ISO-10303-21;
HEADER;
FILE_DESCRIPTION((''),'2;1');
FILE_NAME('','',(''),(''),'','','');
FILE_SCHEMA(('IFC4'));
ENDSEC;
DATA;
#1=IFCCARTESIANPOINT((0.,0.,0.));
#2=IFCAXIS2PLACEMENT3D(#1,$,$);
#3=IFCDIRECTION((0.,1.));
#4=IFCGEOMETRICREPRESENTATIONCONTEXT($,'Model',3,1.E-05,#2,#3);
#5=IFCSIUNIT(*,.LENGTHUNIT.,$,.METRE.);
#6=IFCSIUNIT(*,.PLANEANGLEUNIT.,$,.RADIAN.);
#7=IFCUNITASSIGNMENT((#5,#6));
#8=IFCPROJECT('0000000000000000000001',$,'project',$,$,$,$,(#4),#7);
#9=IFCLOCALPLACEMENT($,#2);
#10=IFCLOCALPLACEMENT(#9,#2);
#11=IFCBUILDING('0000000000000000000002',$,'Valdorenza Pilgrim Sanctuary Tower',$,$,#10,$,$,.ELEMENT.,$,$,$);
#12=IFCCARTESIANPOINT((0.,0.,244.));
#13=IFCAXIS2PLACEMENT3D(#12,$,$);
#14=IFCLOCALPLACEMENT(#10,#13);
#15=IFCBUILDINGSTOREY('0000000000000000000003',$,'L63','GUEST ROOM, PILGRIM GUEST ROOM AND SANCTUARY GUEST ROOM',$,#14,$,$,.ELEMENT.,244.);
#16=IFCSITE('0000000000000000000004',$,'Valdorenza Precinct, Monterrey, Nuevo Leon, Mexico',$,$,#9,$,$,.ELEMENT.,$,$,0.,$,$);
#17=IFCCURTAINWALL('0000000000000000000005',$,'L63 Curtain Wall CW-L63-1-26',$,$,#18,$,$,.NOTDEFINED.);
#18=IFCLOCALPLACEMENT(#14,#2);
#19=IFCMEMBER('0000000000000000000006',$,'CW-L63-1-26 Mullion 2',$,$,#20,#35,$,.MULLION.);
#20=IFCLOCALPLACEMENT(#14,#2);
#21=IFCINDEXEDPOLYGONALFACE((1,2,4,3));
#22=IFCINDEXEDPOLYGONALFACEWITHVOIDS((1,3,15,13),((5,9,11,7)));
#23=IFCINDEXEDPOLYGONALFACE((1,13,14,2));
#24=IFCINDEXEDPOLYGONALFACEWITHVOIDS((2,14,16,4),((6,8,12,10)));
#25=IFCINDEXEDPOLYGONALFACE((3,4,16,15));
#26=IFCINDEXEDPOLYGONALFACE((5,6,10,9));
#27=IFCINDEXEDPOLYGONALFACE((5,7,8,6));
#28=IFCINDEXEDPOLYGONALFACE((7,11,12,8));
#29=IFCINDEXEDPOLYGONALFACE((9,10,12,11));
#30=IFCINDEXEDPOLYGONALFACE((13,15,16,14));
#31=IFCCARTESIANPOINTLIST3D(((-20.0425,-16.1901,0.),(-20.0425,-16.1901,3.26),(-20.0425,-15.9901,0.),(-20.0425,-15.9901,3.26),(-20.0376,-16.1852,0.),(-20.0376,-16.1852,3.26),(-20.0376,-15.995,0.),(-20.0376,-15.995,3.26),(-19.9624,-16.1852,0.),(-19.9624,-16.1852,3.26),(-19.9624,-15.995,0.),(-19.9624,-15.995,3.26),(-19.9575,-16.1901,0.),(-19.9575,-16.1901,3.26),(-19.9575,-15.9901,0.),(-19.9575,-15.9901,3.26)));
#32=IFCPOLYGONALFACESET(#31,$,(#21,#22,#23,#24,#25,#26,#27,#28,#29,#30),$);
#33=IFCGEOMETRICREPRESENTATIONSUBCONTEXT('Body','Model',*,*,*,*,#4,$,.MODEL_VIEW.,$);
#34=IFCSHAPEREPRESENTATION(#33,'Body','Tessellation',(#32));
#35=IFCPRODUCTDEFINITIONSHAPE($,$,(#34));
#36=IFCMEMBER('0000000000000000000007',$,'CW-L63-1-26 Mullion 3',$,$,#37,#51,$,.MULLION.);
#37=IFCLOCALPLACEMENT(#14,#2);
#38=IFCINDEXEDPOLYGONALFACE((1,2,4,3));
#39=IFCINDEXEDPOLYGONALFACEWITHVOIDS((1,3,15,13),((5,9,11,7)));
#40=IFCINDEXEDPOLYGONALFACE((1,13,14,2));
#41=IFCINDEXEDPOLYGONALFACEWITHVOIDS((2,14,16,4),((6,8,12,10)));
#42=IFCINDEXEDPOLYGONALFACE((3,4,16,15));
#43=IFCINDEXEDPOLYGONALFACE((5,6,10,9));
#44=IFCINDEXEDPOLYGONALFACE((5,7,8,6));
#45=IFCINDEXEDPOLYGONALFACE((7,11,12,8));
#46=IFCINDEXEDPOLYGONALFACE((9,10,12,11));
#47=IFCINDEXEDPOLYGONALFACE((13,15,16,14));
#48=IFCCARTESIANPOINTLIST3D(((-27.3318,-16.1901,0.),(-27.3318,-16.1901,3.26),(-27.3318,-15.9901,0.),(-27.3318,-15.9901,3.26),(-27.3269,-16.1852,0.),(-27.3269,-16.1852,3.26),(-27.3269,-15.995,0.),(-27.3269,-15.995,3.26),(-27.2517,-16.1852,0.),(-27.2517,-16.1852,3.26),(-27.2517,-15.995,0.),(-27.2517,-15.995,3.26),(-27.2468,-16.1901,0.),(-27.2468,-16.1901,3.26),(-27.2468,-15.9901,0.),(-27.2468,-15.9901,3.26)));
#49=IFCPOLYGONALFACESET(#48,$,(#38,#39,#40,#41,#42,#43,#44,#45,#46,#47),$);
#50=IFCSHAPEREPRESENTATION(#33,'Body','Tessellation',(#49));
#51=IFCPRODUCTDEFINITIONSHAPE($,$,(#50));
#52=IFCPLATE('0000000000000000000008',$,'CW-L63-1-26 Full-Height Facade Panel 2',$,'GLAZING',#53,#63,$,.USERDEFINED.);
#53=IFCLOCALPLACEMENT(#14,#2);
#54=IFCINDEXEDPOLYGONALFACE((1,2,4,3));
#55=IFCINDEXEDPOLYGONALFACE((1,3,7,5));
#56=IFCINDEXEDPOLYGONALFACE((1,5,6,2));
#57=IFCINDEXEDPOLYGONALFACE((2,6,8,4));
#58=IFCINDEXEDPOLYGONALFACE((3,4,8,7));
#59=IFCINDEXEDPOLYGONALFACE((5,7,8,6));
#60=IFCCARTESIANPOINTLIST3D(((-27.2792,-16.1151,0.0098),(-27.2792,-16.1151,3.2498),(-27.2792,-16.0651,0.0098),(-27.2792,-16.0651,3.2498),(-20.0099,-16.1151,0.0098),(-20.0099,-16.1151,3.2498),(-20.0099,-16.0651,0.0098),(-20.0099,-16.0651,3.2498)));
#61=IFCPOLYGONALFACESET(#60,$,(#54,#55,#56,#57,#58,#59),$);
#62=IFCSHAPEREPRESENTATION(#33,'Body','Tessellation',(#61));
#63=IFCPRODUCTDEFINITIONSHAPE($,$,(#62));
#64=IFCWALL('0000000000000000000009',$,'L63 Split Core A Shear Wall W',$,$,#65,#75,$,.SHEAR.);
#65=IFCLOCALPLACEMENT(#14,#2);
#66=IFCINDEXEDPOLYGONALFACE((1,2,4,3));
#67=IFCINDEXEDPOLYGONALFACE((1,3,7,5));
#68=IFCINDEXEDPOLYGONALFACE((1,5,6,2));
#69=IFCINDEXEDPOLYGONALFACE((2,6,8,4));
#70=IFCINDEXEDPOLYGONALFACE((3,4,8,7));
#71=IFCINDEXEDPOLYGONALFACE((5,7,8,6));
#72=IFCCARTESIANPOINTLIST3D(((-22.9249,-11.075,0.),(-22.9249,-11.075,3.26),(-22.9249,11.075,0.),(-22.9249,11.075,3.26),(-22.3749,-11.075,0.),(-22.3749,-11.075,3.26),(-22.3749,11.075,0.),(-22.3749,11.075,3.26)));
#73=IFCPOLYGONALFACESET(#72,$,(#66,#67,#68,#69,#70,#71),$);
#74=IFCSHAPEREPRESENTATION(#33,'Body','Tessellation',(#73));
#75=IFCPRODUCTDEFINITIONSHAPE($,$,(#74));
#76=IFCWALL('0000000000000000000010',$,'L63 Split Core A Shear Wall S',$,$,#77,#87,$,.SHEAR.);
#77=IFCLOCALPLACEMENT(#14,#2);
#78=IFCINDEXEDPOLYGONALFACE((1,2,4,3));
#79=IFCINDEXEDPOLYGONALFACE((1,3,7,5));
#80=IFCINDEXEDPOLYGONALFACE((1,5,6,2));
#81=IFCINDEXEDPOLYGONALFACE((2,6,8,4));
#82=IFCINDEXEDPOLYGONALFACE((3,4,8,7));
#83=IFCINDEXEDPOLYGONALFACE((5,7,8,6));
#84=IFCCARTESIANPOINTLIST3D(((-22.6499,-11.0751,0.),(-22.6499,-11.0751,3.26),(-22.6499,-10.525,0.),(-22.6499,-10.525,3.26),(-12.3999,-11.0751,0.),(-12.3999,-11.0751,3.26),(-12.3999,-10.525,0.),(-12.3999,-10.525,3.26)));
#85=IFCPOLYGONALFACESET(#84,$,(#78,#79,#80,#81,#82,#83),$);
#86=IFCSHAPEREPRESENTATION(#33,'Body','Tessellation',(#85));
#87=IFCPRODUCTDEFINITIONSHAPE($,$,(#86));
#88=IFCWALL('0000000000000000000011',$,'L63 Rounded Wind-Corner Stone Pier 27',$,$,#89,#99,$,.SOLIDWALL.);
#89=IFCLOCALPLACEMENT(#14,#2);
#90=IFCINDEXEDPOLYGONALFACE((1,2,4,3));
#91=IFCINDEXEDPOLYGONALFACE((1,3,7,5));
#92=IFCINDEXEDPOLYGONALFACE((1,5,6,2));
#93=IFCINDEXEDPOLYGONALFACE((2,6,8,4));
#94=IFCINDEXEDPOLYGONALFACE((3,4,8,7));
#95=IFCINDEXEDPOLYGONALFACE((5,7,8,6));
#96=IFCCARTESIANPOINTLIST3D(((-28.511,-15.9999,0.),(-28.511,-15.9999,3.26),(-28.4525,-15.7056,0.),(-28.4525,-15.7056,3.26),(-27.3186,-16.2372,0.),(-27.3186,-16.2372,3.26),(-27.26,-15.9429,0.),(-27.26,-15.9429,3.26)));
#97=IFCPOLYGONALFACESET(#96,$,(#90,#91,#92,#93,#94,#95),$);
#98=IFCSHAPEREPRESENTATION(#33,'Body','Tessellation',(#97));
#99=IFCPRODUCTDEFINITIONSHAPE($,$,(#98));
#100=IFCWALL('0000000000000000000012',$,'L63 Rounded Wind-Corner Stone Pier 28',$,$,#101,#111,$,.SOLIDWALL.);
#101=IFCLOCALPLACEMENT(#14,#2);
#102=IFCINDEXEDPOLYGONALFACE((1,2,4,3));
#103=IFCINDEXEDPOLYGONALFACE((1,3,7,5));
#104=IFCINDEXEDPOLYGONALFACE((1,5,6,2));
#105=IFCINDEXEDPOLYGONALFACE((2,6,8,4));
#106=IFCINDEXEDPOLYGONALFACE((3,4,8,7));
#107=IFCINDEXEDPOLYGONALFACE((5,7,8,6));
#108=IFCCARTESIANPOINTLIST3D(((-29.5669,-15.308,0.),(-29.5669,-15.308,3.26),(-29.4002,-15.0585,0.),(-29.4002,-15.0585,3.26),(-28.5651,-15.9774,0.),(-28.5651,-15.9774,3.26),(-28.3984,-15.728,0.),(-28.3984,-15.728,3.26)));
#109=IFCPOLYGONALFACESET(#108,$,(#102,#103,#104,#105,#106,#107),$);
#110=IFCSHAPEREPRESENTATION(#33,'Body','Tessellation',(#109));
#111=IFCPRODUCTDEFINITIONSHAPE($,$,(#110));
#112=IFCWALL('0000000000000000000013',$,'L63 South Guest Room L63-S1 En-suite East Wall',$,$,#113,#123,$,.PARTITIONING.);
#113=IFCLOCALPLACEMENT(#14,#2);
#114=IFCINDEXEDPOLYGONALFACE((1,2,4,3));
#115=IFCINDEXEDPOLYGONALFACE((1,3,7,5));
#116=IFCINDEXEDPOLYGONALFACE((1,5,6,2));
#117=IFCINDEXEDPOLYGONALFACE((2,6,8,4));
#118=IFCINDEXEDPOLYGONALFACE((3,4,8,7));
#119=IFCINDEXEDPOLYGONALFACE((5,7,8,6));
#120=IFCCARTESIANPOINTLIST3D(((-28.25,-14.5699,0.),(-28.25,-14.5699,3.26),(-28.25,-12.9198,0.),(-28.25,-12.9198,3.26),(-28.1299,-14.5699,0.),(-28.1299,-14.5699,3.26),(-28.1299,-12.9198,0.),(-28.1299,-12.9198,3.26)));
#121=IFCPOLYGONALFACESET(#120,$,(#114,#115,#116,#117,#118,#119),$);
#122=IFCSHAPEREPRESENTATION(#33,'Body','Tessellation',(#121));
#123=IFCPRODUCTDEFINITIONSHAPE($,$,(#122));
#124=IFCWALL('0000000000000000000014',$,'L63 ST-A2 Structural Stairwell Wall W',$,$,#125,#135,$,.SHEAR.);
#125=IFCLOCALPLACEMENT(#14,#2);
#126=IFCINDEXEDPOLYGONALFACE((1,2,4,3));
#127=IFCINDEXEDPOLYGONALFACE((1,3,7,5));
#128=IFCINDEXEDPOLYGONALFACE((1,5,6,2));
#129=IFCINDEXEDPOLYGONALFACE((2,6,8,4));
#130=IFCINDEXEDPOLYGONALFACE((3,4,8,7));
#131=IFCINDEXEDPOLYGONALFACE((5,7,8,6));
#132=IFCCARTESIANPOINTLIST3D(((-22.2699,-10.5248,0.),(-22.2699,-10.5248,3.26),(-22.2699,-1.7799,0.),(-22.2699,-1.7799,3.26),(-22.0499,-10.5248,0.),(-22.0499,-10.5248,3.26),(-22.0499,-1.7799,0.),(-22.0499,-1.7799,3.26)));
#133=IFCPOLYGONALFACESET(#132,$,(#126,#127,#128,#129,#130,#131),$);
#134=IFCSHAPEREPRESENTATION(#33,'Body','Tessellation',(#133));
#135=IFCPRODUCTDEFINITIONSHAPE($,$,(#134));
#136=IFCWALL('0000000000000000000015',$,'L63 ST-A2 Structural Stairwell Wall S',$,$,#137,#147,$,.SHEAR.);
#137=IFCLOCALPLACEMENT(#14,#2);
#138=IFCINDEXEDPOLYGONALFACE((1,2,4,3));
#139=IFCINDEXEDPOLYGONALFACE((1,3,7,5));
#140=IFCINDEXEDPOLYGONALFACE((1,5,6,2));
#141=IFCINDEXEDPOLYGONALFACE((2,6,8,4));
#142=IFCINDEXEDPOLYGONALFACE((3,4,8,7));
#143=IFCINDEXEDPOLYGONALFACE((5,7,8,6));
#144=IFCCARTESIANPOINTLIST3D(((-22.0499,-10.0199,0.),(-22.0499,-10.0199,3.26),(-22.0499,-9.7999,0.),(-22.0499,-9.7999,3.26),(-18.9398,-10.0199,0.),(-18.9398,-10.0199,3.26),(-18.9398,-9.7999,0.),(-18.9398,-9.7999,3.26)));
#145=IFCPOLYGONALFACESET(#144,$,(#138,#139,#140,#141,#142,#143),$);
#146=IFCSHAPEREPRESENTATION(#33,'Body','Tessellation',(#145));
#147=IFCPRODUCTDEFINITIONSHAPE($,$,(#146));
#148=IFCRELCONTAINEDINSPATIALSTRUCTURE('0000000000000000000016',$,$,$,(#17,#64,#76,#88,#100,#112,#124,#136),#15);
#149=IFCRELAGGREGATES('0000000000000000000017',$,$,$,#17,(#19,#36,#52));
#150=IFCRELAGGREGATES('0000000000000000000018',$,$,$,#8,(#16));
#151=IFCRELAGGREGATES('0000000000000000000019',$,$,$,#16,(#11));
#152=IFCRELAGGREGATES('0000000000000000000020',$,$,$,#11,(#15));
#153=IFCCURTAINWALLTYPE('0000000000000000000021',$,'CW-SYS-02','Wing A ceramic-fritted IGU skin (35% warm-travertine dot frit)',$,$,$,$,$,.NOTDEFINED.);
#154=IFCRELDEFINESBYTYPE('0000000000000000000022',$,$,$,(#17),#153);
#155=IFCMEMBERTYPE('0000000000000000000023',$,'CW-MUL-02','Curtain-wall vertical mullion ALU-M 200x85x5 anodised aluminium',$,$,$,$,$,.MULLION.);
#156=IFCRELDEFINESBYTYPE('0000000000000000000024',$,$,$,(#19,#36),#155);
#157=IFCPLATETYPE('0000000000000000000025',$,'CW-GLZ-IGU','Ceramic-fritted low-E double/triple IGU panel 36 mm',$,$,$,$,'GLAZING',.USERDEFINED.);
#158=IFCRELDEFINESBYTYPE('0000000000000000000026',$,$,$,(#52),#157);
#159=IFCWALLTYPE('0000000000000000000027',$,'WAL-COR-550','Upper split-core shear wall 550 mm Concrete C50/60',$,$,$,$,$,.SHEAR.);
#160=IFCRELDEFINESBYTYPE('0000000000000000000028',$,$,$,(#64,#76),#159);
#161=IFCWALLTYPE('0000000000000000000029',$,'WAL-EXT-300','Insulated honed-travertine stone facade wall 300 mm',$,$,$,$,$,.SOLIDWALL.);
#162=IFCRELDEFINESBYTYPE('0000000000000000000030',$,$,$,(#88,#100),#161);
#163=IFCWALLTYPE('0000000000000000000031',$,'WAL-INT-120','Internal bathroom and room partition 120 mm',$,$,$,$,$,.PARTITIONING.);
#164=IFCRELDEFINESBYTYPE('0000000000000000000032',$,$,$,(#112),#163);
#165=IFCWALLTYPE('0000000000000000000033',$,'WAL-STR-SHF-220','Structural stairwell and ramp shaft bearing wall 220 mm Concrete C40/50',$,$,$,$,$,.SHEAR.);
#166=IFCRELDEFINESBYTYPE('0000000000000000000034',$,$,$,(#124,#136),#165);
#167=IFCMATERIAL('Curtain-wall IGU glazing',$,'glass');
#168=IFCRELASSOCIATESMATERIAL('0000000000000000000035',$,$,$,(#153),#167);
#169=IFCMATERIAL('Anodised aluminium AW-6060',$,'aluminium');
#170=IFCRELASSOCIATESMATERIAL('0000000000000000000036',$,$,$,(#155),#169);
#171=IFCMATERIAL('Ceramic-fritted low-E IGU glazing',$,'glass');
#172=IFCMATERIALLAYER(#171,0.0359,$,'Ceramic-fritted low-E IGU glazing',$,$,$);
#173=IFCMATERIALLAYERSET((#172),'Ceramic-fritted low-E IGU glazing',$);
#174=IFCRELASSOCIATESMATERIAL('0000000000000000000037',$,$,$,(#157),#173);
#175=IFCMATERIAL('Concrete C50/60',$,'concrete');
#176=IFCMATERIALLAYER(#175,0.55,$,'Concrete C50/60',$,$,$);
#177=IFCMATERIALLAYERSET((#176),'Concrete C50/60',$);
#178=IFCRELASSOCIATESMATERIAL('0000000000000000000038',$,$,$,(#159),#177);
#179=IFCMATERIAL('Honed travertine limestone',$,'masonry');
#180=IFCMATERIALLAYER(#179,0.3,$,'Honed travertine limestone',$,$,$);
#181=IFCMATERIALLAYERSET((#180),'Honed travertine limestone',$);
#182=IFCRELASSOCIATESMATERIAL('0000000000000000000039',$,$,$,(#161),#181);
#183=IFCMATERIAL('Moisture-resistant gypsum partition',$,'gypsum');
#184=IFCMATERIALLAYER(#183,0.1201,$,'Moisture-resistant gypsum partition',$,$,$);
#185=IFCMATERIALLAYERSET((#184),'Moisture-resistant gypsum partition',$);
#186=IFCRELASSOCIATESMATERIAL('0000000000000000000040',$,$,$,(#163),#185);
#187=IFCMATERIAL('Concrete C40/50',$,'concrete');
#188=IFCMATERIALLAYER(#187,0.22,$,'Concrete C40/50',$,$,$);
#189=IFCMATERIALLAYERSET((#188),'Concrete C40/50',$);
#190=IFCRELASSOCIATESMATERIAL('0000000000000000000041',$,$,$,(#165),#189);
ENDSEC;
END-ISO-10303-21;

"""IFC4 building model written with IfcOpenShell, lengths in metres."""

from ifc_helpers import new_model, si_unit, direction, frame, frame_2d, origin, origin_2d, place, context, subcontext, project, spatial, rectangle, hollow_rectangle, extrude, source, transform, mapped, material, layer, layer_set, material_profile, profile_set, type_object, element, aggregate, save


model = new_model("IFC4")

# Units and contexts
model_context = context("Model", 3, precision=1e-05, world=origin(), true_north=direction((0.0, 1.0)))
body_context = subcontext(model_context, "Body", "Model", "MODEL_VIEW")
ifc_project = project(units=[si_unit("LENGTHUNIT", "METRE"), si_unit("PLANEANGLEUNIT", "RADIAN")], contexts=[model_context])

# Site, building, storey
site_placement = place(None, origin())
site = spatial("IfcSite", under=ifc_project, at=site_placement, Name="Valdorenza Precinct, Monterrey, Nuevo Leon, Mexico", CompositionType="ELEMENT", RefElevation=0.0)
building_placement = place(site_placement, origin())
building = spatial("IfcBuilding", under=site, at=building_placement, Name="Valdorenza Pilgrim Sanctuary Tower", CompositionType="ELEMENT")
storey_placement = place(building_placement, frame((0.0, 0.0, 244.0)))
storey = spatial("IfcBuildingStorey", under=building, at=storey_placement, Name="L63", Description="GUEST ROOM, PILGRIM GUEST ROOM AND SANCTUARY GUEST ROOM", CompositionType="ELEMENT", Elevation=244.0)

# Shared definitions
ifc_material_1 = material(Name="Concrete C50/60", Category="concrete")

# Curtain wall, members, plate
ifc_material_2 = material(Name="Curtain-wall IGU glazing", Category="glass")
curtain_wall_type = type_object("IfcCurtainWallType", Name="CW-SYS-02", Description="Wing A ceramic-fritted IGU skin (35% warm-travertine dot frit)", PredefinedType="NOTDEFINED", material=ifc_material_2)
curtain_wall_placement = place(storey_placement, origin())
curtain_wall = element("IfcCurtainWall", 1, at=curtain_wall_placement, inside=storey, type_object=curtain_wall_type, Name="L63 Curtain Wall CW-L63-1-26", PredefinedType="NOTDEFINED")
ifc_material_3 = material(Name="Anodised aluminium AW-6060", Category="aluminium")
ifc_material_profile_1 = material_profile(ifc_material_3, hollow_rectangle(XDim=0.085, YDim=0.2, WallThickness=0.0049, at=origin_2d()), Name="ALU-M 200x85x5")
ifc_profile_set_1 = profile_set([ifc_material_profile_1], Name="Anodised aluminium AW-6060")
member_type = type_object("IfcMemberType", Name="CW-MUL-02", Description="Curtain-wall vertical mullion ALU-M 200x85x5 anodised aluminium", PredefinedType="MULLION", material=ifc_profile_set_1)
shared_shape_1 = source(origin(), body_context, "Body", "SweptSolid", [
    extrude(hollow_rectangle(XDim=0.085, YDim=0.2, WallThickness=0.0049, at=origin_2d()), origin(), (0.0, 0.0, 1.0), 3.26),
])
member_1_placement = place(storey_placement, frame((-20.0, -16.0901, 0.0), z_axis=(0.0, 0.0, 1.0), x_axis=(-1.0, 0.0, 0.0)))
member_1 = element("IfcMember", 2, at=member_1_placement, type_object=member_type, Name="CW-L63-1-26 Mullion 2", PredefinedType="MULLION", context=body_context, shape_type="MappedRepresentation", body=[
    mapped(shared_shape_1, transform((0.0, 0.0, 0.0), x_axis=(1.0, 0.0, 0.0), y_axis=(0.0, 1.0, 0.0), z_axis=(0.0, 0.0, 1.0), scale=1.0)),
])
member_2_placement = place(storey_placement, frame((-27.2893, -16.0901, 0.0), z_axis=(0.0, 0.0, 1.0), x_axis=(-1.0, 0.0, 0.0)))
member_2 = element("IfcMember", 3, at=member_2_placement, type_object=member_type, Name="CW-L63-1-26 Mullion 3", PredefinedType="MULLION", context=body_context, shape_type="MappedRepresentation", body=[
    mapped(shared_shape_1, transform((0.0, 0.0, 0.0), x_axis=(1.0, 0.0, 0.0), y_axis=(0.0, 1.0, 0.0), z_axis=(0.0, 0.0, 1.0), scale=1.0)),
])
ifc_material_4 = material(Name="Ceramic-fritted low-E IGU glazing", Category="glass")
ifc_layer_1 = layer(ifc_material_4, 0.0359, Name="Ceramic-fritted low-E IGU glazing")
ifc_layer_set_1 = layer_set([ifc_layer_1], Name="Ceramic-fritted low-E IGU glazing")
plate_type = type_object("IfcPlateType", Name="CW-GLZ-IGU", Description="Ceramic-fritted low-E double/triple IGU panel 36 mm", ElementType="GLAZING", PredefinedType="USERDEFINED", material=ifc_layer_set_1)
shared_shape_2 = source(origin(), body_context, "Body", "SweptSolid", [
    extrude(rectangle(XDim=7.2693, YDim=0.05, at=origin_2d()), origin(), (0.0, 0.0, 1.0), 3.24),
])
plate_placement = place(storey_placement, frame((-23.6445, -16.0901, 0.0098), z_axis=(0.0, 0.0, 1.0), x_axis=(-1.0, 0.0, 0.0)))
plate = element("IfcPlate", 4, at=plate_placement, type_object=plate_type, Name="CW-L63-1-26 Full-Height Facade Panel 2", ObjectType="GLAZING", PredefinedType="USERDEFINED", context=body_context, shape_type="MappedRepresentation", body=[
    mapped(shared_shape_2, transform((0.0, 0.0, 0.0), x_axis=(1.0, 0.0, 0.0), y_axis=(0.0, 1.0, 0.0), z_axis=(0.0, 0.0, 1.0), scale=1.0)),
])
aggregate(curtain_wall, [member_1, member_2, plate])

# Walls
ifc_layer_2 = layer(ifc_material_1, 0.55, Name="Concrete C50/60")
ifc_layer_set_2 = layer_set([ifc_layer_2], Name="Concrete C50/60")
wall_type_1 = type_object("IfcWallType", Name="WAL-COR-550", Description="Upper split-core shear wall 550 mm Concrete C50/60", PredefinedType="SHEAR", material=ifc_layer_set_2)
wall_1_placement = place(storey_placement, frame((-22.6499, -11.075, 0.0), z_axis=(0.0, 0.0, 1.0), x_axis=(0.0, 1.0, 0.0)))
element("IfcWall", 5, at=wall_1_placement, inside=storey, type_object=wall_type_1, Name="L63 Split Core A Shear Wall W", PredefinedType="SHEAR", context=body_context, shape_type="SweptSolid", body=[
    extrude(rectangle(XDim=22.1499, YDim=0.55, at=frame_2d((11.075, 0.0))), origin(), (0.0, 0.0, 1.0), 3.26),
])
wall_2_placement = place(storey_placement, frame((-22.6499, -10.8, 0.0), z_axis=(0.0, 0.0, 1.0), x_axis=(1.0, 0.0, 0.0)))
element("IfcWall", 6, at=wall_2_placement, inside=storey, type_object=wall_type_1, Name="L63 Split Core A Shear Wall S", PredefinedType="SHEAR", context=body_context, shape_type="SweptSolid", body=[
    extrude(rectangle(XDim=10.25, YDim=0.55, at=frame_2d((5.125, 0.0))), origin(), (0.0, 0.0, 1.0), 3.26),
])
ifc_material_5 = material(Name="Honed travertine limestone", Category="masonry")
ifc_layer_3 = layer(ifc_material_5, 0.3, Name="Honed travertine limestone")
ifc_layer_set_3 = layer_set([ifc_layer_3], Name="Honed travertine limestone")
wall_type_2 = type_object("IfcWallType", Name="WAL-EXT-300", Description="Insulated honed-travertine stone facade wall 300 mm", PredefinedType="SOLIDWALL", material=ifc_layer_set_3)
wall_3_placement = place(storey_placement, frame((-27.2893, -16.0901, 0.0), z_axis=(0.0, 0.0, 1.0), x_axis=(-0.980766, 0.195189, 0.0)))
element("IfcWall", 7, at=wall_3_placement, inside=storey, type_object=wall_type_2, Name="L63 Rounded Wind-Corner Stone Pier 27", PredefinedType="SOLIDWALL", context=body_context, shape_type="SweptSolid", body=[
    extrude(rectangle(XDim=1.2158, YDim=0.3, at=frame_2d((0.6079, 0.0))), origin(), (0.0, 0.0, 1.0), 3.26),
])
wall_4_placement = place(storey_placement, frame((-28.4817, -15.8528, 0.0), z_axis=(0.0, 0.0, 1.0), x_axis=(-0.831426, 0.555635, 0.0)))
element("IfcWall", 8, at=wall_4_placement, inside=storey, type_object=wall_type_2, Name="L63 Rounded Wind-Corner Stone Pier 28", PredefinedType="SOLIDWALL", context=body_context, shape_type="SweptSolid", body=[
    extrude(rectangle(XDim=1.2048, YDim=0.3, at=frame_2d((0.6025, 0.0))), origin(), (0.0, 0.0, 1.0), 3.26),
])
ifc_material_6 = material(Name="Moisture-resistant gypsum partition", Category="gypsum")
ifc_layer_4 = layer(ifc_material_6, 0.1201, Name="Moisture-resistant gypsum partition")
ifc_layer_set_4 = layer_set([ifc_layer_4], Name="Moisture-resistant gypsum partition")
wall_type_3 = type_object("IfcWallType", Name="WAL-INT-120", Description="Internal bathroom and room partition 120 mm", PredefinedType="PARTITIONING", material=ifc_layer_set_4)
wall_5_placement = place(storey_placement, frame((-28.1899, -14.5701, 0.0), z_axis=(0.0, 0.0, 1.0), x_axis=(0.0, 1.0, 0.0)))
element("IfcWall", 9, at=wall_5_placement, inside=storey, type_object=wall_type_3, Name="L63 South Guest Room L63-S1 En-suite East Wall", PredefinedType="PARTITIONING", context=body_context, shape_type="SweptSolid", body=[
    extrude(rectangle(XDim=1.6501, YDim=0.1201, at=frame_2d((0.8252, 0.0))), origin(), (0.0, 0.0, 1.0), 3.26),
])
ifc_material_7 = material(Name="Concrete C40/50", Category="concrete")
ifc_layer_5 = layer(ifc_material_7, 0.22, Name="Concrete C40/50")
ifc_layer_set_5 = layer_set([ifc_layer_5], Name="Concrete C40/50")
wall_type_4 = type_object("IfcWallType", Name="WAL-STR-SHF-220", Description="Structural stairwell and ramp shaft bearing wall 220 mm Concrete C40/50", PredefinedType="SHEAR", material=ifc_layer_set_5)
wall_6_placement = place(storey_placement, frame((-22.1599, -10.5249, 0.0), z_axis=(0.0, 0.0, 1.0), x_axis=(0.0, 1.0, 0.0)))
element("IfcWall", 10, at=wall_6_placement, inside=storey, type_object=wall_type_4, Name="L63 ST-A2 Structural Stairwell Wall W", PredefinedType="SHEAR", context=body_context, shape_type="SweptSolid", body=[
    extrude(rectangle(XDim=8.7449, YDim=0.22, at=frame_2d((4.3726, 0.0))), origin(), (0.0, 0.0, 1.0), 3.26),
])
wall_7_placement = place(storey_placement, frame((-22.05, -9.9099, 0.0), z_axis=(0.0, 0.0, 1.0), x_axis=(1.0, 0.0, 0.0)))
element("IfcWall", 11, at=wall_7_placement, inside=storey, type_object=wall_type_4, Name="L63 ST-A2 Structural Stairwell Wall S", PredefinedType="SHEAR", context=body_context, shape_type="SweptSolid", body=[
    extrude(rectangle(XDim=3.1101, YDim=0.22, at=frame_2d((1.5552, 0.0))), origin(), (0.0, 0.0, 1.0), 3.26),
])

save(model, "model.ifc")
